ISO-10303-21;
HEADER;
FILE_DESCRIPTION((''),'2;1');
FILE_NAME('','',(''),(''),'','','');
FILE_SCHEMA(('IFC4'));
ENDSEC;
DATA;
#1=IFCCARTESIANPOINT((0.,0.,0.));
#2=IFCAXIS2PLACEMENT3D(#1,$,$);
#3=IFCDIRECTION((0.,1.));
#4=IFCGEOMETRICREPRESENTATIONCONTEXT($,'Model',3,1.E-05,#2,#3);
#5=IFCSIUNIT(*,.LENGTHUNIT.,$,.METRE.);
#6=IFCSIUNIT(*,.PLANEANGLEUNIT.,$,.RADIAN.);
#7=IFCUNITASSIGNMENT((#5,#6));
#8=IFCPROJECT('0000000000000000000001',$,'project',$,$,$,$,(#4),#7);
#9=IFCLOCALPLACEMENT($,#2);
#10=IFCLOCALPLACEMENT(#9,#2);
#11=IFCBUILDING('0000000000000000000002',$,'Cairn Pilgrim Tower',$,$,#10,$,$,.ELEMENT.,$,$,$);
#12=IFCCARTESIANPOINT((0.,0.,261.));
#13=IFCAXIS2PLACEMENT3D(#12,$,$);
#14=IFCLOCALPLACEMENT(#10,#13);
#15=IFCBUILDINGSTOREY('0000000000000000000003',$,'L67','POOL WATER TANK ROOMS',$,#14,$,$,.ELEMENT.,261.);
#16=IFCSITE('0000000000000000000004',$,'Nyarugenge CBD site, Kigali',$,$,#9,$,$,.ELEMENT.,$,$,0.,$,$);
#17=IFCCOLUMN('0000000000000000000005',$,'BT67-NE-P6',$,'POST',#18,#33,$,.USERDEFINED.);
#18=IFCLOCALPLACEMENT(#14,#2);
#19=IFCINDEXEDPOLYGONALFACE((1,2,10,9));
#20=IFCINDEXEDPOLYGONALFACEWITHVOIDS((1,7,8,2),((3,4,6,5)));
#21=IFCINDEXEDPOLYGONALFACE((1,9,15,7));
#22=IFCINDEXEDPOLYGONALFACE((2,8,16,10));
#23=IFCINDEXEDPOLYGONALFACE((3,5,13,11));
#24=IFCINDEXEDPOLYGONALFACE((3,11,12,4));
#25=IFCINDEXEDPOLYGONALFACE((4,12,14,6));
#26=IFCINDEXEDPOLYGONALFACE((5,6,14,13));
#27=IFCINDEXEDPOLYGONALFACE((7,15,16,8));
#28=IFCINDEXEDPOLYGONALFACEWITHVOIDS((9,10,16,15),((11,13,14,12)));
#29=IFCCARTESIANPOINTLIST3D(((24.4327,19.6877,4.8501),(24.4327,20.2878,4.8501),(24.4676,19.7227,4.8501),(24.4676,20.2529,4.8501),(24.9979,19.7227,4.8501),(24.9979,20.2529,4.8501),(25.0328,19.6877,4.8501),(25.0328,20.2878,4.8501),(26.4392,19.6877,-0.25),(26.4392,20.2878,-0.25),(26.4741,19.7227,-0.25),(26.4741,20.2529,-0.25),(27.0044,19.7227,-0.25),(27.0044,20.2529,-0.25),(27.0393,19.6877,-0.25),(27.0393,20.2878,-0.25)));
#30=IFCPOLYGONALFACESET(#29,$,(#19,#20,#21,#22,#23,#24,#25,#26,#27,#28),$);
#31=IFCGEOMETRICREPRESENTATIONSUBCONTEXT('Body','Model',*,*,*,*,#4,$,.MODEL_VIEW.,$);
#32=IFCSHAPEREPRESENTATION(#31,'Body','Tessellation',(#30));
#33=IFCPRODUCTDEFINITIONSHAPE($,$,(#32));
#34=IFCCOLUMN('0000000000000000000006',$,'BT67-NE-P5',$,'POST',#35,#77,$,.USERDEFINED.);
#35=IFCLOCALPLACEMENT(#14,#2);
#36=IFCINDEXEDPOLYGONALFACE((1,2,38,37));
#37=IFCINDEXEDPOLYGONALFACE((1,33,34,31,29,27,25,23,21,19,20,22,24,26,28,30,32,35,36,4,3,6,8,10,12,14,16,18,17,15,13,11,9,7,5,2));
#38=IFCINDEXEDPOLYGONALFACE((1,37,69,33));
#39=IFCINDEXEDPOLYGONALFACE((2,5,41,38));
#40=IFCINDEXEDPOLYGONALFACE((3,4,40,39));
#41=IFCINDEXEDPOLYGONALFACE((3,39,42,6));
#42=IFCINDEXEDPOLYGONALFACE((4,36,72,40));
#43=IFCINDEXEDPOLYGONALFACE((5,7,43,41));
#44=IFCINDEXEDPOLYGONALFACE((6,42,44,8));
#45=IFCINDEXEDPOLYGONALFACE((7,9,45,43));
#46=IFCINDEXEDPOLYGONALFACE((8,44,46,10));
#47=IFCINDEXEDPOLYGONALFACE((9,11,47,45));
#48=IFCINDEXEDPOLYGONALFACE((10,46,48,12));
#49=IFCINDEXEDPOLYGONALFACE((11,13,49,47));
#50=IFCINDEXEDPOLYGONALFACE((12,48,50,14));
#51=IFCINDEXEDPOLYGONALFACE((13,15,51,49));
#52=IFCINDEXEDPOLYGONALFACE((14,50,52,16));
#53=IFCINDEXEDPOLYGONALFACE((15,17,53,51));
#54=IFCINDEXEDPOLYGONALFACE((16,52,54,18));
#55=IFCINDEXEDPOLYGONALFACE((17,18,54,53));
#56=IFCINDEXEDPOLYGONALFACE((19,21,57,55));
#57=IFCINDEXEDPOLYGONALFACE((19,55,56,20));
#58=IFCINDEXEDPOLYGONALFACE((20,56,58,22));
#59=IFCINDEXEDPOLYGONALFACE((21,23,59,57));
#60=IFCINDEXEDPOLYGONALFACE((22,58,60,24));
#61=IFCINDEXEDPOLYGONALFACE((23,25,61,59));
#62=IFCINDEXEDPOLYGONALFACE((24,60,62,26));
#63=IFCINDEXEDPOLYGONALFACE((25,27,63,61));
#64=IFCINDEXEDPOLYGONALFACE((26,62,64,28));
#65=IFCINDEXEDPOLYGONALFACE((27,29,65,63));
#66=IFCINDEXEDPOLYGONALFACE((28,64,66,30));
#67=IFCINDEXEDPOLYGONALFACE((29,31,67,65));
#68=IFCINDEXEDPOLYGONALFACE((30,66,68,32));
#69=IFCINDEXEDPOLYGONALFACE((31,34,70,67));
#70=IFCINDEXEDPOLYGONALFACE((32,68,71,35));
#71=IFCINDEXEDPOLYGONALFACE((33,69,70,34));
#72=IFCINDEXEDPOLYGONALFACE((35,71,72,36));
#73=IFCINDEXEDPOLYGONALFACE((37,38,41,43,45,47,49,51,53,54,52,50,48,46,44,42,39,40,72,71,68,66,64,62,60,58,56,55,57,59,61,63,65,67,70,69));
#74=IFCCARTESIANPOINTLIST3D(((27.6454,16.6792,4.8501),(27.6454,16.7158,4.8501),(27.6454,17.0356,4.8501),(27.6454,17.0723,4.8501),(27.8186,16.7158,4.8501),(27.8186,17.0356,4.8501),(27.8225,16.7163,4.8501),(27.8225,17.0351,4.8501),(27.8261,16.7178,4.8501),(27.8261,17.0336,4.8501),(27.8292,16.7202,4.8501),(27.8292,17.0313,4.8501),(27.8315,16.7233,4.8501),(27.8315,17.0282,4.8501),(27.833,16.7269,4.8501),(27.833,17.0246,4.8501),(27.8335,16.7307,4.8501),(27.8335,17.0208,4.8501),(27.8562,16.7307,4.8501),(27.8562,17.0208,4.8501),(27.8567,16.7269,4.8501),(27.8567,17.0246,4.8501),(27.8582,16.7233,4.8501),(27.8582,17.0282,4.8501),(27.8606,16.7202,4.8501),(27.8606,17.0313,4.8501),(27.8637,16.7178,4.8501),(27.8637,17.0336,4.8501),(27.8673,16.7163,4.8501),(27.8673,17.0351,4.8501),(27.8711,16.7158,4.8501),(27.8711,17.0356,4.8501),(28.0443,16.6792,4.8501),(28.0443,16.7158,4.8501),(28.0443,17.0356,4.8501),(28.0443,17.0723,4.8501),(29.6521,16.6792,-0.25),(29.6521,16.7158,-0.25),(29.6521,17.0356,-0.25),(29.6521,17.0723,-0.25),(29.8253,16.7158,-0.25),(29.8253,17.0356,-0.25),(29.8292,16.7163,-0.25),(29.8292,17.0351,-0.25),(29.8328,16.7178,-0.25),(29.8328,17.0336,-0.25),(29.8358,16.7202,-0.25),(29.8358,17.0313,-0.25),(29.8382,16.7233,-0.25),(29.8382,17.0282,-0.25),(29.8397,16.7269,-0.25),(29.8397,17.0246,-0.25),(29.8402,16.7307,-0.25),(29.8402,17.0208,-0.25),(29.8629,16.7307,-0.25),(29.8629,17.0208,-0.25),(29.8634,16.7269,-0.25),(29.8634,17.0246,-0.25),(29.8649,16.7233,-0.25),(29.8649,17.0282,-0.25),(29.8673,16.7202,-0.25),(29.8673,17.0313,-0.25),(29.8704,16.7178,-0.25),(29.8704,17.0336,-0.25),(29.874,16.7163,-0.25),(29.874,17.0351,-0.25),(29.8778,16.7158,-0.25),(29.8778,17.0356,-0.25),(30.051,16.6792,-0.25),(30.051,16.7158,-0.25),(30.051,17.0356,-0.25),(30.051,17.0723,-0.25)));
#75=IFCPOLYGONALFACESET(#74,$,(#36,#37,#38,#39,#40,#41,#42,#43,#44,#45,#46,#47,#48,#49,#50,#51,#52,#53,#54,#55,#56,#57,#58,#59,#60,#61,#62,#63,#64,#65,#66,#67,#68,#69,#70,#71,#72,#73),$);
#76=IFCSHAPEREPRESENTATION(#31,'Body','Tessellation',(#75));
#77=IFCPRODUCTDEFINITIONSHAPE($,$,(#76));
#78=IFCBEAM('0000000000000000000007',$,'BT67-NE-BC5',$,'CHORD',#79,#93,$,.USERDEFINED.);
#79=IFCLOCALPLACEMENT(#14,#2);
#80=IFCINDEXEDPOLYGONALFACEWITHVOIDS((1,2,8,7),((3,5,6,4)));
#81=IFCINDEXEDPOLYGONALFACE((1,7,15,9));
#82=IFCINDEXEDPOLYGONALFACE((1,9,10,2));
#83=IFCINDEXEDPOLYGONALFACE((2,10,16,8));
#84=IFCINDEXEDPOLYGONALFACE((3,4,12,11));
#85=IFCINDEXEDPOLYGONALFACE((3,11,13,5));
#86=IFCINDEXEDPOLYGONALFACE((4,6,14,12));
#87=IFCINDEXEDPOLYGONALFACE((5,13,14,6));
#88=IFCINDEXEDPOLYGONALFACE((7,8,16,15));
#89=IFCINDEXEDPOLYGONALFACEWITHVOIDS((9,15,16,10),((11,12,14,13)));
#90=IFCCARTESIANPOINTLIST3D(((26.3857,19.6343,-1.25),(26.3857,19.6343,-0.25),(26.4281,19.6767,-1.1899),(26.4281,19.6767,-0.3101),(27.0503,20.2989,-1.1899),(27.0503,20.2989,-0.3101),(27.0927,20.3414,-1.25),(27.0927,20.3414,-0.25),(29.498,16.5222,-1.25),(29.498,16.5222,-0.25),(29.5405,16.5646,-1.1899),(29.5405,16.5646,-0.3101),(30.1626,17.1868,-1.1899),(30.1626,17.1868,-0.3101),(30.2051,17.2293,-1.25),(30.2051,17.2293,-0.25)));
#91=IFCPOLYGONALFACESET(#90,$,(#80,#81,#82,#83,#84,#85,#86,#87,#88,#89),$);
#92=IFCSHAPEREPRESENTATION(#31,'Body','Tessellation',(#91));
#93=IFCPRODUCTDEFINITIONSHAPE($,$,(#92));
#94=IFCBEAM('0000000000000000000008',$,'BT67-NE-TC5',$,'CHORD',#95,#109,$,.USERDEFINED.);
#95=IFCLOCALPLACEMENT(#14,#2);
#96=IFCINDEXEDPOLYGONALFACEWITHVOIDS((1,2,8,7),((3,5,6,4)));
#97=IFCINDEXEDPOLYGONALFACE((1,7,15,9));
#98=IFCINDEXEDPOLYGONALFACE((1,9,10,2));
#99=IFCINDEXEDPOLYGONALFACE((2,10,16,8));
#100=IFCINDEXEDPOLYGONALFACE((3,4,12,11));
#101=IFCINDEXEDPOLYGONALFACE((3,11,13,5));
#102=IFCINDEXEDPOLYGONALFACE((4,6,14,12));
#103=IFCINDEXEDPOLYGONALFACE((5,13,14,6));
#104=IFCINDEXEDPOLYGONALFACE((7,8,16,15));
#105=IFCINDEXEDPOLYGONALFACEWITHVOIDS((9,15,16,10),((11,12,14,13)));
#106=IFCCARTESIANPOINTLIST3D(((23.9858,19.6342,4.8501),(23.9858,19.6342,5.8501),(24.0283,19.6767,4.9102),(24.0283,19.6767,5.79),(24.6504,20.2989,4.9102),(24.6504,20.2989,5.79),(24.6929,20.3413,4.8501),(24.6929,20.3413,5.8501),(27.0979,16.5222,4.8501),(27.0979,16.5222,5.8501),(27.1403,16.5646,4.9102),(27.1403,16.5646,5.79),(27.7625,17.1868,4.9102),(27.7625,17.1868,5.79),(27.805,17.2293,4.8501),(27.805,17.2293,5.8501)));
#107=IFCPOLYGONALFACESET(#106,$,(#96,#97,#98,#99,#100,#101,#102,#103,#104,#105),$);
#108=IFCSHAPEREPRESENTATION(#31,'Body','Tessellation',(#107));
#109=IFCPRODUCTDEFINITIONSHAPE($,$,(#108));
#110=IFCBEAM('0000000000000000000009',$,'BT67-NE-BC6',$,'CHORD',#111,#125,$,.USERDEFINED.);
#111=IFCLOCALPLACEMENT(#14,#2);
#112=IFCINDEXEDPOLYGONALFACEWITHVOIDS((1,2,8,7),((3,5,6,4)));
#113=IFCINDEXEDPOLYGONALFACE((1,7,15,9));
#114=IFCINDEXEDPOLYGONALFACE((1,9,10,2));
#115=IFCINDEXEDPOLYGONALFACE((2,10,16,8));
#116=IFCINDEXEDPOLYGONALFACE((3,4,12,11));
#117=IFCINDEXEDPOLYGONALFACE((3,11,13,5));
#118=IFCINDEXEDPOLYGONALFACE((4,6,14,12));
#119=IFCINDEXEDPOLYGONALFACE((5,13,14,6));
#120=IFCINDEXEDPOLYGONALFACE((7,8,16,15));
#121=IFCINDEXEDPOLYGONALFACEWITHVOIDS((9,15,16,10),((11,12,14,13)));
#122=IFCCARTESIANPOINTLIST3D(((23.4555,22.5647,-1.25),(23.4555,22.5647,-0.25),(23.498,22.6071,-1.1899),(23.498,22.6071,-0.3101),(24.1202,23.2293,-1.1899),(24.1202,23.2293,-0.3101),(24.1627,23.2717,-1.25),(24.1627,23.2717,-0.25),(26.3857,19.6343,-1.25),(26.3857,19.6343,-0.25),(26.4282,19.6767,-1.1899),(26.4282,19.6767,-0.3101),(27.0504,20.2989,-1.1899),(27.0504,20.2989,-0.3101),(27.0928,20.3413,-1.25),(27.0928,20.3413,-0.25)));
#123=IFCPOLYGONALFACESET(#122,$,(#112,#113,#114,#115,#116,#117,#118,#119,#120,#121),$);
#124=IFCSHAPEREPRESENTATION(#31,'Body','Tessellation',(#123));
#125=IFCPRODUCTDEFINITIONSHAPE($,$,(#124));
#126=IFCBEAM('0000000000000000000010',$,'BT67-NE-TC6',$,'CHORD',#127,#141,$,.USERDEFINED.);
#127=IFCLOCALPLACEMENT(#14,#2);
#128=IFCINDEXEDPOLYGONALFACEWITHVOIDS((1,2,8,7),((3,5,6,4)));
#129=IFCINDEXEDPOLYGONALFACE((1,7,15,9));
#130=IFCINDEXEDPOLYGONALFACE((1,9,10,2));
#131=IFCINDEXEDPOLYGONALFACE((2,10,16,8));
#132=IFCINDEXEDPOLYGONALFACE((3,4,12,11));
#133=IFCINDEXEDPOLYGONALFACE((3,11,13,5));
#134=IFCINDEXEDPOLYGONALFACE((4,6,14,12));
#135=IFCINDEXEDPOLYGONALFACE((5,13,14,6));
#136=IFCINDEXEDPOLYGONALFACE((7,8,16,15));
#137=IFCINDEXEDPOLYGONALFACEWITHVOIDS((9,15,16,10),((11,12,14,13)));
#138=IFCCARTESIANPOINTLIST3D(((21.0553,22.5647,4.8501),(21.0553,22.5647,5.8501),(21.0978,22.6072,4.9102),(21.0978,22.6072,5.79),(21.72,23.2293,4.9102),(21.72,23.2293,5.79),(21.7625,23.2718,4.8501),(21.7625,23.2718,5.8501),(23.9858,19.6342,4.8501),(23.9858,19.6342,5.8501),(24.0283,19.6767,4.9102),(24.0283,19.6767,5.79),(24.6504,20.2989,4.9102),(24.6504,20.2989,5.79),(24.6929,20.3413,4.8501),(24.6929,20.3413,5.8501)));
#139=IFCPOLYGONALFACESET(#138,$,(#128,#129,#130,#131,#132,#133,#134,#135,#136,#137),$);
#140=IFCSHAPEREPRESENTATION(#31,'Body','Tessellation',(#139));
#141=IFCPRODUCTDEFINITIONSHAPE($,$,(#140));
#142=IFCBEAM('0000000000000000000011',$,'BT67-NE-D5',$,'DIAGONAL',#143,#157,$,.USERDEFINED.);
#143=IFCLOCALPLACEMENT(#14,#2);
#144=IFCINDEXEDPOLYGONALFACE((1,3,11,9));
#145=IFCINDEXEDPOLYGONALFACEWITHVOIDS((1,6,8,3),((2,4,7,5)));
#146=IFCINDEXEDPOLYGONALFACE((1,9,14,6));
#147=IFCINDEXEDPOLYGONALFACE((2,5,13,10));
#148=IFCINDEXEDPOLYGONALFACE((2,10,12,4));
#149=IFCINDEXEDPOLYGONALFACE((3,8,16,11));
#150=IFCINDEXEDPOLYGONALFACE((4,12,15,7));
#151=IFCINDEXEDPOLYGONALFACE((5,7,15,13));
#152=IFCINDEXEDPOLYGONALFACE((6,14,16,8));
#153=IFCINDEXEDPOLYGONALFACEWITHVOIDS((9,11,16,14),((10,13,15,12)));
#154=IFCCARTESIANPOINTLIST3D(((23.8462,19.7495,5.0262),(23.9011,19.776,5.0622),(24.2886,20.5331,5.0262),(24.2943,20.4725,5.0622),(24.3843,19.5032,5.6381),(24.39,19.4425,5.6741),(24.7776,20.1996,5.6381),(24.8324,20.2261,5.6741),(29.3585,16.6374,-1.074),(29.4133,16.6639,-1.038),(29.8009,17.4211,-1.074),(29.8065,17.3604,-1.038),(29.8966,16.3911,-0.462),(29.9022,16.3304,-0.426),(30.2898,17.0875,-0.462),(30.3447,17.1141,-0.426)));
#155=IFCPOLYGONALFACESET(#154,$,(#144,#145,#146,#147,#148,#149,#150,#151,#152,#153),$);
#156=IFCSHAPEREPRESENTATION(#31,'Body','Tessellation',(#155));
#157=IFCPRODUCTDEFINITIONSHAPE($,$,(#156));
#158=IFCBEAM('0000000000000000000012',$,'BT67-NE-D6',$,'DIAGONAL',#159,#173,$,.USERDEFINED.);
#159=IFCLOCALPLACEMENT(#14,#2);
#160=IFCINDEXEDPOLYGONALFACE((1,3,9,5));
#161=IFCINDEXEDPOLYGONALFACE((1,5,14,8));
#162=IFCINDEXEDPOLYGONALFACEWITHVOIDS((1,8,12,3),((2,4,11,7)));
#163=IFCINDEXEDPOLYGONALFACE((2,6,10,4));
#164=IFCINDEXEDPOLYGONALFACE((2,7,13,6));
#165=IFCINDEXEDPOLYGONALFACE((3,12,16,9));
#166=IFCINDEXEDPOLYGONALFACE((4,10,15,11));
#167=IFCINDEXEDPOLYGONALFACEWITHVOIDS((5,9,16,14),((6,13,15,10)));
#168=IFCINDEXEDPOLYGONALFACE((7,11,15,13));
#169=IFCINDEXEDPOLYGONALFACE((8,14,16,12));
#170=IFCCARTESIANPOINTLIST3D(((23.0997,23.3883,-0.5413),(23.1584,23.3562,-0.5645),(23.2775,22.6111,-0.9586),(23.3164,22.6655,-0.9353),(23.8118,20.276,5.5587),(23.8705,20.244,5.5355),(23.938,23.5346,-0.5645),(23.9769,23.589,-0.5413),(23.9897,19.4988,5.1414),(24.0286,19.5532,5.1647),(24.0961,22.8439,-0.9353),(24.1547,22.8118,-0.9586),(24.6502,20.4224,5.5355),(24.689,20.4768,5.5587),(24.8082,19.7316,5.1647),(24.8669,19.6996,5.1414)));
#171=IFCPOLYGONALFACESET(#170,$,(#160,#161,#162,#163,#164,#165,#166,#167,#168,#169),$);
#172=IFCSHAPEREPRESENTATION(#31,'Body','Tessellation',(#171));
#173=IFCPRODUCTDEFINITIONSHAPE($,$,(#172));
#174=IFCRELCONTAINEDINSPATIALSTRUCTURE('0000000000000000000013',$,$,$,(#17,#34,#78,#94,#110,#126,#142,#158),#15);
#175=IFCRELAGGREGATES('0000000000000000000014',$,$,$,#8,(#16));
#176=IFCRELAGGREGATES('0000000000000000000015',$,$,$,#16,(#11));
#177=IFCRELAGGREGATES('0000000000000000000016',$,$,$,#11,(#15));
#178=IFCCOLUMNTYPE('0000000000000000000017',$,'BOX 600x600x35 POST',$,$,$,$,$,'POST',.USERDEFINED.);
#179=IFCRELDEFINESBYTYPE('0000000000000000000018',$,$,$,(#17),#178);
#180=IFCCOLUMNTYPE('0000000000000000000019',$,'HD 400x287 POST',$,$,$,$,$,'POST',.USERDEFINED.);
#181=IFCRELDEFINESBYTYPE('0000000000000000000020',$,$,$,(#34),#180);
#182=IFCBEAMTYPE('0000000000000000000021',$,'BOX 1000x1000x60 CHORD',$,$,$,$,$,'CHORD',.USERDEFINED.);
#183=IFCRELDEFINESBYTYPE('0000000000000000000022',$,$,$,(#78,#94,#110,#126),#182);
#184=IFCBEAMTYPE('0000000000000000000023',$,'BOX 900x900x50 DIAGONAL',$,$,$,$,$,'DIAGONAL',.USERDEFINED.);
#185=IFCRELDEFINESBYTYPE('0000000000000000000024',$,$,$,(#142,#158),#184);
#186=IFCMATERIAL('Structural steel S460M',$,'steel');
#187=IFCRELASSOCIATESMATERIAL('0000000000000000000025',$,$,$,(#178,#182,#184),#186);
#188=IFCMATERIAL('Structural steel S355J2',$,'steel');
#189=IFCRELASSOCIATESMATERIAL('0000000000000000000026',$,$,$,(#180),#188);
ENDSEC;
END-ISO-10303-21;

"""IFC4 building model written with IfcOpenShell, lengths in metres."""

from ifc_helpers import new_model, si_unit, direction, frame, origin, origin_2d, place, context, subcontext, project, spatial, hollow_rectangle, i_section, extrude, clip, halfspace, material, material_profile, profile_set, type_object, element, save


model = new_model("IFC4")

# Units and contexts
model_context = context("Model", 3, precision=1e-05, world=origin(), true_north=direction((0.0, 1.0)))
body_context = subcontext(model_context, "Body", "Model", "MODEL_VIEW")
ifc_project = project(units=[si_unit("LENGTHUNIT", "METRE"), si_unit("PLANEANGLEUNIT", "RADIAN")], contexts=[model_context])

# Site, building, storey
site_placement = place(None, origin())
site = spatial("IfcSite", under=ifc_project, at=site_placement, Name="Nyarugenge CBD site, Kigali", CompositionType="ELEMENT", RefElevation=0.0)
building_placement = place(site_placement, origin())
building = spatial("IfcBuilding", under=site, at=building_placement, Name="Cairn Pilgrim Tower", CompositionType="ELEMENT")
storey_placement = place(building_placement, frame((0.0, 0.0, 261.0)))
storey = spatial("IfcBuildingStorey", under=building, at=storey_placement, Name="L67", Description="POOL WATER TANK ROOMS", CompositionType="ELEMENT", Elevation=261.0)

# Columns
ifc_material_1 = material(Name="Structural steel S460M", Category="steel")
ifc_material_profile_1 = material_profile(ifc_material_1, hollow_rectangle(XDim=0.6001, YDim=0.6001, WallThickness=0.0349, at=origin_2d()), Name="BOX 600x600x35")
ifc_profile_set_1 = profile_set([ifc_material_profile_1], Name="Structural steel S460M")
column_type_1 = type_object("IfcColumnType", Name="BOX 600x600x35 POST", ElementType="POST", PredefinedType="USERDEFINED", material=ifc_profile_set_1)
column_1_placement = place(storey_placement, frame((26.7393, 19.9878, -0.25), z_axis=(0.0, 0.0, 1.0), x_axis=(1.0, 0.0, 0.0)))
element("IfcColumn", 1, at=column_1_placement, inside=storey, type_object=column_type_1, Name="BT67-NE-P6", ObjectType="POST", PredefinedType="USERDEFINED", context=body_context, shape_type="Clipping", body=[
    clip(extrude(hollow_rectangle(XDim=0.6001, YDim=0.6001, WallThickness=0.0349, at=origin_2d()), origin(), (-0.366106, 0.0, 0.930573), 6.5552), halfspace(frame((0.0, 0.0, 5.1001), z_axis=(0.0, 0.0, 1.0), x_axis=(1.0, 0.0, 0.0)), False)),
])
ifc_material_2 = material(Name="Structural steel S355J2", Category="steel")
ifc_material_profile_2 = material_profile(ifc_material_2, i_section(OverallWidth=0.3989, OverallDepth=0.3931, WebThickness=0.0227, FlangeThickness=0.0366, FilletRadius=0.0149, at=origin_2d()), Name="HD 400x287")
ifc_profile_set_2 = profile_set([ifc_material_profile_2], Name="Structural steel S355J2")
column_type_2 = type_object("IfcColumnType", Name="HD 400x287 POST", ElementType="POST", PredefinedType="USERDEFINED", material=ifc_profile_set_2)
column_2_placement = place(storey_placement, frame((29.8516, 16.8757, -0.25), z_axis=(0.0, 0.0, 1.0), x_axis=(1.0, 0.0, 0.0)))
element("IfcColumn", 2, at=column_2_placement, inside=storey, type_object=column_type_2, Name="BT67-NE-P5", ObjectType="POST", PredefinedType="USERDEFINED", context=body_context, shape_type="Clipping", body=[
    clip(extrude(i_section(OverallWidth=0.3989, OverallDepth=0.3931, WebThickness=0.0227, FlangeThickness=0.0366, FilletRadius=0.0149, at=origin_2d()), origin(), (-0.366139, 0.0, 0.93056), 6.5552), halfspace(frame((0.0, 0.0, 5.1001), z_axis=(0.0, 0.0, 1.0), x_axis=(1.0, 0.0, 0.0)), False)),
])

# Beams
ifc_material_profile_3 = material_profile(ifc_material_1, hollow_rectangle(XDim=1.0, YDim=1.0, WallThickness=0.0601, at=origin_2d()), Name="BOX 1000x1000x60")
ifc_profile_set_3 = profile_set([ifc_material_profile_3], Name="Structural steel S460M")
beam_type_1 = type_object("IfcBeamType", Name="BOX 1000x1000x60 CHORD", ElementType="CHORD", PredefinedType="USERDEFINED", material=ifc_profile_set_3)
beam_1_placement = place(storey_placement, frame((29.8516, 16.8757, -0.75), z_axis=(-0.707135, 0.707079, 0.0), x_axis=(-0.707079, -0.707135, 0.0)))
element("IfcBeam", 3, at=beam_1_placement, inside=storey, type_object=beam_type_1, Name="BT67-NE-BC5", ObjectType="CHORD", PredefinedType="USERDEFINED", context=body_context, shape_type="SweptSolid", body=[
    extrude(hollow_rectangle(XDim=1.0, YDim=1.0, WallThickness=0.0601, at=origin_2d()), origin(), (0.0, 0.0, 1.0), 4.4014),
])
beam_2_placement = place(storey_placement, frame((27.4514, 16.8757, 5.3501), z_axis=(-0.707107, 0.707107, 0.0), x_axis=(-0.707107, -0.707107, 0.0)))
element("IfcBeam", 4, at=beam_2_placement, inside=storey, type_object=beam_type_1, Name="BT67-NE-TC5", ObjectType="CHORD", PredefinedType="USERDEFINED", context=body_context, shape_type="SweptSolid", body=[
    extrude(hollow_rectangle(XDim=1.0, YDim=1.0, WallThickness=0.0601, at=origin_2d()), origin(), (0.0, 0.0, 1.0), 4.4011),
])
beam_3_placement = place(storey_placement, frame((26.7393, 19.9878, -0.75), z_axis=(-0.707077, 0.707136, 0.0), x_axis=(-0.707136, -0.707077, 0.0)))
element("IfcBeam", 5, at=beam_3_placement, inside=storey, type_object=beam_type_1, Name="BT67-NE-BC6", ObjectType="CHORD", PredefinedType="USERDEFINED", context=body_context, shape_type="SweptSolid", body=[
    extrude(hollow_rectangle(XDim=1.0, YDim=1.0, WallThickness=0.0601, at=origin_2d()), origin(), (0.0, 0.0, 1.0), 4.144),
])
beam_4_placement = place(storey_placement, frame((24.3394, 19.9878, 5.3501), z_axis=(-0.707107, 0.707107, 0.0), x_axis=(-0.707107, -0.707107, 0.0)))
element("IfcBeam", 6, at=beam_4_placement, inside=storey, type_object=beam_type_1, Name="BT67-NE-TC6", ObjectType="CHORD", PredefinedType="USERDEFINED", context=body_context, shape_type="SweptSolid", body=[
    extrude(hollow_rectangle(XDim=1.0, YDim=1.0, WallThickness=0.0601, at=origin_2d()), origin(), (0.0, 0.0, 1.0), 4.1443),
])
ifc_material_profile_4 = material_profile(ifc_material_1, hollow_rectangle(XDim=0.8999, YDim=0.8999, WallThickness=0.05, at=origin_2d()), Name="BOX 900x900x50")
ifc_profile_set_4 = profile_set([ifc_material_profile_4], Name="Structural steel S460M")
beam_type_2 = type_object("IfcBeamType", Name="BOX 900x900x50 DIAGONAL", ElementType="DIAGONAL", PredefinedType="USERDEFINED", material=ifc_profile_set_4)
beam_5_placement = place(storey_placement, frame((29.8516, 16.8757, -0.75), z_axis=(-0.627033, 0.354008, 0.693908), x_axis=(-0.491634, -0.870802, 0.0)))
element("IfcBeam", 7, at=beam_5_placement, inside=storey, type_object=beam_type_2, Name="BT67-NE-D5", ObjectType="DIAGONAL", PredefinedType="USERDEFINED", context=body_context, shape_type="SweptSolid", body=[
    extrude(hollow_rectangle(XDim=0.8999, YDim=0.8999, WallThickness=0.05, at=origin_2d()), origin(), (0.0, 0.0, 1.0), 8.791),
])
beam_6_placement = place(storey_placement, frame((24.3394, 19.9878, 5.3501), z_axis=(-0.103434, 0.452034, -0.885983), x_axis=(-0.974806, -0.223055, 0.0)))
element("IfcBeam", 8, at=beam_6_placement, inside=storey, type_object=beam_type_2, Name="BT67-NE-D6", ObjectType="DIAGONAL", PredefinedType="USERDEFINED", context=body_context, shape_type="SweptSolid", body=[
    extrude(hollow_rectangle(XDim=0.8999, YDim=0.8999, WallThickness=0.05, at=origin_2d()), origin(), (0.0, 0.0, 1.0), 6.885),
])

save(model, "model.ifc")
